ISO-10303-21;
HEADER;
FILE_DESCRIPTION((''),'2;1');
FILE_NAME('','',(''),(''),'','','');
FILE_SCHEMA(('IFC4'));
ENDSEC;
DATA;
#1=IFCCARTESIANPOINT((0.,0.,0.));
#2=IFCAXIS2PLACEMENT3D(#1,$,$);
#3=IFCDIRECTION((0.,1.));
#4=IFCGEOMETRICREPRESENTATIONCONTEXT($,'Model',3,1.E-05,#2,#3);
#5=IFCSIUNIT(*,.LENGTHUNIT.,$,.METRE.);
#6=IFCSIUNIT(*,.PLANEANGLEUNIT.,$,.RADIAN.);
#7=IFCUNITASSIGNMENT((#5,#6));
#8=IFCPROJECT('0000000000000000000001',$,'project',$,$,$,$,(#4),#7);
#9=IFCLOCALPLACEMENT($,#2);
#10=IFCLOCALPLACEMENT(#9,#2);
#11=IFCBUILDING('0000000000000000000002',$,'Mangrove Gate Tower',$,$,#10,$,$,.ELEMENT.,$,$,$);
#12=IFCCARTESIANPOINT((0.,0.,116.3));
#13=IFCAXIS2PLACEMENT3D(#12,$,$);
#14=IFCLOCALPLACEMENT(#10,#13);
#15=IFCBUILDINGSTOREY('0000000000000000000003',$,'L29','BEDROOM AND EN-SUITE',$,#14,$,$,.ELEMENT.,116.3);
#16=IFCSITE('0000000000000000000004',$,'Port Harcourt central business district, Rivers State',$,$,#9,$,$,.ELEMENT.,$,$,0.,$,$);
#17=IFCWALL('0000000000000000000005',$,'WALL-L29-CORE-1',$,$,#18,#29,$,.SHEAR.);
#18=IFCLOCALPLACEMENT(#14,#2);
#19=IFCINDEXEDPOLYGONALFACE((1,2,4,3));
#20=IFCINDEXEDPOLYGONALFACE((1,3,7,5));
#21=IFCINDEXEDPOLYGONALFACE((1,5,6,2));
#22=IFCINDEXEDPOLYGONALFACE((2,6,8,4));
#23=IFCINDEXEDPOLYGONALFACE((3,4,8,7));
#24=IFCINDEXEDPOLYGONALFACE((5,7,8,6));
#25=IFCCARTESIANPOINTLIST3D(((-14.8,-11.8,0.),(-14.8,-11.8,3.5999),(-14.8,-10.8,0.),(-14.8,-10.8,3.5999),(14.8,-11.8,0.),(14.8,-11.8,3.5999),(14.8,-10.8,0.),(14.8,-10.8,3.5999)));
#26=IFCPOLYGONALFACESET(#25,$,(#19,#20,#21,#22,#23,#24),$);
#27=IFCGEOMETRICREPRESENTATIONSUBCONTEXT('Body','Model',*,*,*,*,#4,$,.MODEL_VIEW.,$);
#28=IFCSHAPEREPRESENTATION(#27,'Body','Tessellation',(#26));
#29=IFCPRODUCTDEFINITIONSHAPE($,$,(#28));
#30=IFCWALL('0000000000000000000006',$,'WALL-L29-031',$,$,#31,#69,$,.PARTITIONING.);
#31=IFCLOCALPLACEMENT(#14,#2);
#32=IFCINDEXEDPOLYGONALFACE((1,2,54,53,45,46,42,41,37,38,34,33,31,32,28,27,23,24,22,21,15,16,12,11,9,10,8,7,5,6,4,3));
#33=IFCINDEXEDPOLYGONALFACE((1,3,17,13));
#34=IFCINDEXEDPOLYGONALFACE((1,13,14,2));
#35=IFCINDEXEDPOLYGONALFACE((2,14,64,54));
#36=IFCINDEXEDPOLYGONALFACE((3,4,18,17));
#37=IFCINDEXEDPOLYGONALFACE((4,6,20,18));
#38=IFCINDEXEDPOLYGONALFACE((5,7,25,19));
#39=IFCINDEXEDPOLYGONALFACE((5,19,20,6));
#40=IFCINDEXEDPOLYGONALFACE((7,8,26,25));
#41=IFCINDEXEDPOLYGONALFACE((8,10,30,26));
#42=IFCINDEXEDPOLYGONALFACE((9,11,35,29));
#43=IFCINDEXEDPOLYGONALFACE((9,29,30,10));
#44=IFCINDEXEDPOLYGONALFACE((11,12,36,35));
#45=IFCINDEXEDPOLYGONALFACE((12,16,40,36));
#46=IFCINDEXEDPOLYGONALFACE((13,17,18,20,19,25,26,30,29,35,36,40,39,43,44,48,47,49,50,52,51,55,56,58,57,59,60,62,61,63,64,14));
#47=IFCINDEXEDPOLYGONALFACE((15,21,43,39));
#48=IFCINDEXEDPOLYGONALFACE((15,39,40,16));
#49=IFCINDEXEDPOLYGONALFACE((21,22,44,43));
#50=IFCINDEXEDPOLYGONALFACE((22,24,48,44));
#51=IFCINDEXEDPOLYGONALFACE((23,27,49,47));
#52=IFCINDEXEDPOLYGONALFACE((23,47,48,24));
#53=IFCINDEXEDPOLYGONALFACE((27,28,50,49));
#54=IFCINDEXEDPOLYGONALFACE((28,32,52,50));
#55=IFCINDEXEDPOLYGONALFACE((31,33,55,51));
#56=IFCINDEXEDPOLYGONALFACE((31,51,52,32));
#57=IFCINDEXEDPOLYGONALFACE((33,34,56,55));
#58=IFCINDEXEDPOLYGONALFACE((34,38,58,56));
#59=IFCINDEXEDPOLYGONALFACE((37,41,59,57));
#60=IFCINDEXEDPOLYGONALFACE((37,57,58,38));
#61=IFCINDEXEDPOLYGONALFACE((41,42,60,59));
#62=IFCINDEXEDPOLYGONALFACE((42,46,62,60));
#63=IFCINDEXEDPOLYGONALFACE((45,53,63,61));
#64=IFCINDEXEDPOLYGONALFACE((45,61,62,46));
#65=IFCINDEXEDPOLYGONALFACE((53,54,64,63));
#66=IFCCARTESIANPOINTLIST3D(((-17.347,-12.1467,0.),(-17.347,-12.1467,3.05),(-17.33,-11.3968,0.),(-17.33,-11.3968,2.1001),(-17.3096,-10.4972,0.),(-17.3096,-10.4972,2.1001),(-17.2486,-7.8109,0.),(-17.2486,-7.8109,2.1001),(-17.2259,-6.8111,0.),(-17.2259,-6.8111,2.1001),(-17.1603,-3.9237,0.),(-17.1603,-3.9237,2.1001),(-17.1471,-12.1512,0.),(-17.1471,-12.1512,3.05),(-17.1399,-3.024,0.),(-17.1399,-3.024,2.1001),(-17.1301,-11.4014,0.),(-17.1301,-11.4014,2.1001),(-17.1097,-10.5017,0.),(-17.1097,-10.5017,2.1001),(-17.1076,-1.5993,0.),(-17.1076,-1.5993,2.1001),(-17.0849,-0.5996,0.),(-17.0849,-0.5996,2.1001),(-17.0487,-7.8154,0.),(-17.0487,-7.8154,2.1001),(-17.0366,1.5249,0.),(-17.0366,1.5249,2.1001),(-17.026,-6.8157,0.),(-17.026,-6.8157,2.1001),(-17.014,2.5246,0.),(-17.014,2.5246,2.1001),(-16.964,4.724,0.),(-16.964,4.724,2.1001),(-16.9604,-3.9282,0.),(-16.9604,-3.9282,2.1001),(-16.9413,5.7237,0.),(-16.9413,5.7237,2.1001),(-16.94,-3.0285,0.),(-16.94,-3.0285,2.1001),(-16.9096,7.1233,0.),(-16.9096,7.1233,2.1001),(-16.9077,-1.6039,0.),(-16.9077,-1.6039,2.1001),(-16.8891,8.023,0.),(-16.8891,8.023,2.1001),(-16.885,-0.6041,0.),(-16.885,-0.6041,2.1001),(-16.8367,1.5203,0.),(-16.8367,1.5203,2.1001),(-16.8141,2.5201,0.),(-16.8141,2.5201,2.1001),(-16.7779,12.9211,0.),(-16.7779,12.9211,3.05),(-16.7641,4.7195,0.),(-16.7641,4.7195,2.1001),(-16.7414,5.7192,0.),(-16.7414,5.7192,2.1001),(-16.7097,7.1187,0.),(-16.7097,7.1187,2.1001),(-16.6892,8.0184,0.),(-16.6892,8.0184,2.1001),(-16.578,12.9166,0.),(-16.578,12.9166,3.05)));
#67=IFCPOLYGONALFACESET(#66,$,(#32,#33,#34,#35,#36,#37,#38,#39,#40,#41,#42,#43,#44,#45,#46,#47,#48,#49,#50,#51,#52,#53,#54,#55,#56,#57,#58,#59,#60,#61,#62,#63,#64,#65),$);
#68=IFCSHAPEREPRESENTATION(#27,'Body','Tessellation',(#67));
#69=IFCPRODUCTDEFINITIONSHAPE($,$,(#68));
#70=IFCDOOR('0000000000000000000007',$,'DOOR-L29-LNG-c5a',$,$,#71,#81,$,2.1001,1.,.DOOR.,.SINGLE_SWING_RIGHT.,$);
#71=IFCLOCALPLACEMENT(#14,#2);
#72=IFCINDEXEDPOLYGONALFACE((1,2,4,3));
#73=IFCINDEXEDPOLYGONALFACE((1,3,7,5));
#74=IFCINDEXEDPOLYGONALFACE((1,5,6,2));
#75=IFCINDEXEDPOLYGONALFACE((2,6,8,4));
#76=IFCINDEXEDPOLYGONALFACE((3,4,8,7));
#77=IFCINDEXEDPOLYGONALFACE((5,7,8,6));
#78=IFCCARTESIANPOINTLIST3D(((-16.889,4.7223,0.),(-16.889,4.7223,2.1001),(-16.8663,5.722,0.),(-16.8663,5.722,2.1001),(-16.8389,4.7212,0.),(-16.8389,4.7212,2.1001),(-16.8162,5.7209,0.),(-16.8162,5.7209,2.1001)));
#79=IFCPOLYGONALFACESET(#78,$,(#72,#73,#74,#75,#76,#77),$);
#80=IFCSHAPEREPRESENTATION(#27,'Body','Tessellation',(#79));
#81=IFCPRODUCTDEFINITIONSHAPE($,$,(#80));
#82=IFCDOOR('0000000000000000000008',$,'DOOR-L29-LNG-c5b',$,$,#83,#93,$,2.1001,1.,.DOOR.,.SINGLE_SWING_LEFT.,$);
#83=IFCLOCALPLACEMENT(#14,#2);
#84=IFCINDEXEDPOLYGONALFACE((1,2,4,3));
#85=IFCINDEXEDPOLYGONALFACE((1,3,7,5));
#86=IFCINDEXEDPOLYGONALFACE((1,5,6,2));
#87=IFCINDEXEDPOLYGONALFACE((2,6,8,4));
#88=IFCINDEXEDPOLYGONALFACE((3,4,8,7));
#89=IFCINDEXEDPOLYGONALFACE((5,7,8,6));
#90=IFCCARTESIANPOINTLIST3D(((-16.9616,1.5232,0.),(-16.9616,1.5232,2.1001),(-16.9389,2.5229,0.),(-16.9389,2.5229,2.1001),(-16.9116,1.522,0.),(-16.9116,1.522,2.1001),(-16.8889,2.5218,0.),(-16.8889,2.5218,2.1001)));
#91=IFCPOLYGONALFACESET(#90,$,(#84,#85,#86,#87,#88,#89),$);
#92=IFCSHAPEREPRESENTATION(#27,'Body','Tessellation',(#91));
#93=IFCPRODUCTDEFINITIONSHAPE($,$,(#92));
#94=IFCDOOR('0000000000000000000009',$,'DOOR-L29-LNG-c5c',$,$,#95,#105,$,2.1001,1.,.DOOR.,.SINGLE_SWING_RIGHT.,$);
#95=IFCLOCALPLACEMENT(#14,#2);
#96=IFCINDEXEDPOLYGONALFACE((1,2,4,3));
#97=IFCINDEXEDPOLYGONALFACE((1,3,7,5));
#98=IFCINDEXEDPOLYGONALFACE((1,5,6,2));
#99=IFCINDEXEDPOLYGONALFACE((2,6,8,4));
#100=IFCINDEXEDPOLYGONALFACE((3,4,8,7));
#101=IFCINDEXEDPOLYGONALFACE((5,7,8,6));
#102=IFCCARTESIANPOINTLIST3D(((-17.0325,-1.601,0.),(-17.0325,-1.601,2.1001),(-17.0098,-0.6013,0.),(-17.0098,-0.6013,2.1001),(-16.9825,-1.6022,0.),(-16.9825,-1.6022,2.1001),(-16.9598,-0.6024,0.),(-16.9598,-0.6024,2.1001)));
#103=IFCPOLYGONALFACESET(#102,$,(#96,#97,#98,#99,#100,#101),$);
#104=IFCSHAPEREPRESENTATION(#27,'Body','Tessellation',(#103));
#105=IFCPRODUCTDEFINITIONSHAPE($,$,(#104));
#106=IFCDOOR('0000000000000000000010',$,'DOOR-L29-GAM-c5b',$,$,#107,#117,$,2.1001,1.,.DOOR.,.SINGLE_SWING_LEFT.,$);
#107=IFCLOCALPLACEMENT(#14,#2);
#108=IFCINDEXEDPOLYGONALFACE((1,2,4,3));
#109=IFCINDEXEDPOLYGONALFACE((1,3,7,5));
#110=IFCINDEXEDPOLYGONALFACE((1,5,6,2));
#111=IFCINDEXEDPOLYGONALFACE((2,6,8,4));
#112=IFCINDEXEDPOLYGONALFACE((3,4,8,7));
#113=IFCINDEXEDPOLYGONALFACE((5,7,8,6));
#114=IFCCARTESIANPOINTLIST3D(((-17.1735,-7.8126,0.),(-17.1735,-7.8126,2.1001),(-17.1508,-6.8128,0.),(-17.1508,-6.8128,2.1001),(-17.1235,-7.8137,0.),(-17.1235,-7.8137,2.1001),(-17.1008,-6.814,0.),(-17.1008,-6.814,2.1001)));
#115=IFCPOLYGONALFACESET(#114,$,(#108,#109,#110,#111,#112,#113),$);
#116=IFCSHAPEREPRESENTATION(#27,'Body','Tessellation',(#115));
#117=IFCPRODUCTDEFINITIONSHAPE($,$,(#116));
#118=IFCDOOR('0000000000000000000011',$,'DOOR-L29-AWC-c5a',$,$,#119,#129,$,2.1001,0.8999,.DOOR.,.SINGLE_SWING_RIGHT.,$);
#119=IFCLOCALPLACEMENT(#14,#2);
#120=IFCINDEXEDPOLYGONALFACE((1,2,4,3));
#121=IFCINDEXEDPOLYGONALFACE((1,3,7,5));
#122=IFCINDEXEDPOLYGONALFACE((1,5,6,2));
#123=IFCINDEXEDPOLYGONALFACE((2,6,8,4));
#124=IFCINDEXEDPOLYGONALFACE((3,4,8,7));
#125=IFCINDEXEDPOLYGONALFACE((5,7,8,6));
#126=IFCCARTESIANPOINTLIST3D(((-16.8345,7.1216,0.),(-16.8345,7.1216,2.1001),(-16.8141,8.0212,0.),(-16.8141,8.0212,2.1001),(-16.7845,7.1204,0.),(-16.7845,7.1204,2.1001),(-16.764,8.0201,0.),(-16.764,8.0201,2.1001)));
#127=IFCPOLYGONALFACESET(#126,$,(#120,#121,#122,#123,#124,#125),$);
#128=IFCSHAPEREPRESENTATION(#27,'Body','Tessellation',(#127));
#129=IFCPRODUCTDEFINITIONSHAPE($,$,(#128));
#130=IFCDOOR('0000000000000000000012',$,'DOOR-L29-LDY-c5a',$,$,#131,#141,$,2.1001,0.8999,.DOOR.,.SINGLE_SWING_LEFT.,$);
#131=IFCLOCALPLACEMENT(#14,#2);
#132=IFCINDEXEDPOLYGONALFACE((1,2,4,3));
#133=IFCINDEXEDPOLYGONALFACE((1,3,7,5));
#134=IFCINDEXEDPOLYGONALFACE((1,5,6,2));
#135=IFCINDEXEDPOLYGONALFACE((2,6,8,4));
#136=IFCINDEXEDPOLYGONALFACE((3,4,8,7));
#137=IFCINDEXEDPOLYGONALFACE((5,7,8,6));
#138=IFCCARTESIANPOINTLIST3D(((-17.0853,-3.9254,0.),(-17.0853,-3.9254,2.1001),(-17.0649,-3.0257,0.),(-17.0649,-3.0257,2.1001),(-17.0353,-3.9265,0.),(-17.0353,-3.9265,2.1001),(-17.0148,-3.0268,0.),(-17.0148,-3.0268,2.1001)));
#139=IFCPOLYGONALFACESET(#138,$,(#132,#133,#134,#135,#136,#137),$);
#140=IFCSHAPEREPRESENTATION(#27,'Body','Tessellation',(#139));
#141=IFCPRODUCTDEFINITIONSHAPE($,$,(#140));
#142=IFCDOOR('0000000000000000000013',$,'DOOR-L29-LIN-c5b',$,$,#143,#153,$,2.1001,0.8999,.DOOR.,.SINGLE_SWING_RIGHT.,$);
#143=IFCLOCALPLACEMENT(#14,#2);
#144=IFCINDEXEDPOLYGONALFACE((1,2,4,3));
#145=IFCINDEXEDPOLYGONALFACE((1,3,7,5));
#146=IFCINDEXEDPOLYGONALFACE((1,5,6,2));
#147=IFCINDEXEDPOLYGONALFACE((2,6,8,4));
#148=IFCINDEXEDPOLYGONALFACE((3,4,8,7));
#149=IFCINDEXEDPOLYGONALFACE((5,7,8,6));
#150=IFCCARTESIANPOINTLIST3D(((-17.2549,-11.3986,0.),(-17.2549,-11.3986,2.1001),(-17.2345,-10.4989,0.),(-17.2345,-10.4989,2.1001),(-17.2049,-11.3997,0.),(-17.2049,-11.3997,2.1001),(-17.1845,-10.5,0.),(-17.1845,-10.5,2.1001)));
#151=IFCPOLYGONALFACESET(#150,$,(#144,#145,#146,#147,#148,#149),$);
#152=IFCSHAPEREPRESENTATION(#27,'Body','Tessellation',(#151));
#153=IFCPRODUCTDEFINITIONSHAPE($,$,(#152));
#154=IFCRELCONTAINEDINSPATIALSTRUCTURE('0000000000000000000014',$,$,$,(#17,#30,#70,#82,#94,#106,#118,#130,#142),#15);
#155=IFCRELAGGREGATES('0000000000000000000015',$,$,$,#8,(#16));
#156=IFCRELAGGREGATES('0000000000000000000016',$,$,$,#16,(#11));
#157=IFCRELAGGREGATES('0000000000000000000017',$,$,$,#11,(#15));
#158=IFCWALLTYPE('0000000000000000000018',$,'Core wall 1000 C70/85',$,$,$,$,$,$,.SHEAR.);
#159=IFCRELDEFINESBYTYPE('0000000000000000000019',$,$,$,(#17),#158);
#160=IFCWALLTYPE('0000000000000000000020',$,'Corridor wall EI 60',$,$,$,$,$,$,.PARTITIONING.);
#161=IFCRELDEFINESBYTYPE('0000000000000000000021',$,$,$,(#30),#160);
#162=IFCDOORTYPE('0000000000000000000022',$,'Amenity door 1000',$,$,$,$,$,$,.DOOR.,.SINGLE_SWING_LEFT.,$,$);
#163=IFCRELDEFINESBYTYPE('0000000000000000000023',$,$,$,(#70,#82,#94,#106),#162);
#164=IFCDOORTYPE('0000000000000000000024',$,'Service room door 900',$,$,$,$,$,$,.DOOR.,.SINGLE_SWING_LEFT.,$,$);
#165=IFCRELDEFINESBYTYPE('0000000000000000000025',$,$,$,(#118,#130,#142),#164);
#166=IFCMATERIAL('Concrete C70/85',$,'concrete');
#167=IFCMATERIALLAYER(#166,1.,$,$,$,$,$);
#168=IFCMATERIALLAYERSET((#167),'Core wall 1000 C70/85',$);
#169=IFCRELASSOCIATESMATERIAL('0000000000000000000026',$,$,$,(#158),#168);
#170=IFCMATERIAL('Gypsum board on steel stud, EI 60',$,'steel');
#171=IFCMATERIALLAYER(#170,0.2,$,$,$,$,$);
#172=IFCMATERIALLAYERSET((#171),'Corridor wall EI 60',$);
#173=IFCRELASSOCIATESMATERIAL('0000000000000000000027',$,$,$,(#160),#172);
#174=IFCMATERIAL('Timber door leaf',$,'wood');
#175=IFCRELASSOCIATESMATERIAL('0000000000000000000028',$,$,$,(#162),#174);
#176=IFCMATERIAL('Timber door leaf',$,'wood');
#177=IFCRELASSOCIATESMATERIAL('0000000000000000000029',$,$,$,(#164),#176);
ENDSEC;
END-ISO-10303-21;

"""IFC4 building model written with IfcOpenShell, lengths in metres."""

from ifc_helpers import new_model, si_unit, direction, frame, frame_2d, origin, place, context, subcontext, project, spatial, rectangle, extrude, material, layer, layer_set, type_object, element, fill, save


model = new_model("IFC4")

# Units and contexts
model_context = context("Model", 3, precision=1e-05, world=origin(), true_north=direction((0.0, 1.0)))
body_context = subcontext(model_context, "Body", "Model", "MODEL_VIEW")
ifc_project = project(units=[si_unit("LENGTHUNIT", "METRE"), si_unit("PLANEANGLEUNIT", "RADIAN")], contexts=[model_context])

# Site, building, storey
site_placement = place(None, origin())
site = spatial("IfcSite", under=ifc_project, at=site_placement, Name="Port Harcourt central business district, Rivers State", CompositionType="ELEMENT", RefElevation=0.0)
building_placement = place(site_placement, origin())
building = spatial("IfcBuilding", under=site, at=building_placement, Name="Mangrove Gate Tower", CompositionType="ELEMENT")
storey_placement = place(building_placement, frame((0.0, 0.0, 116.3)))
storey = spatial("IfcBuildingStorey", under=building, at=storey_placement, Name="L29", Description="BEDROOM AND EN-SUITE", CompositionType="ELEMENT", Elevation=116.3)

# Wall
ifc_material_1 = material(Name="Concrete C70/85", Category="concrete")
ifc_layer_1 = layer(ifc_material_1, 1.0)
ifc_layer_set_1 = layer_set([ifc_layer_1], Name="Core wall 1000 C70/85")
wall_type_1 = type_object("IfcWallType", Name="Core wall 1000 C70/85", PredefinedType="SHEAR", material=ifc_layer_set_1)
wall_1_placement = place(storey_placement, frame((-14.8, -11.3, 0.0), z_axis=(0.0, 0.0, 1.0), x_axis=(1.0, 0.0, 0.0)))
element("IfcWall", 1, at=wall_1_placement, inside=storey, type_object=wall_type_1, Name="WALL-L29-CORE-1", PredefinedType="SHEAR", context=body_context, shape_type="SweptSolid", body=[
    extrude(rectangle(XDim=29.6001, YDim=1.0, at=frame_2d((14.8, 0.0))), origin(), (0.0, 0.0, 1.0), 3.5999),
])

# Wall, openings, doors
ifc_material_2 = material(Name="Gypsum board on steel stud, EI 60", Category="steel")
ifc_layer_2 = layer(ifc_material_2, 0.2)
ifc_layer_set_2 = layer_set([ifc_layer_2], Name="Corridor wall EI 60")
wall_type_2 = type_object("IfcWallType", Name="Corridor wall EI 60", PredefinedType="PARTITIONING", material=ifc_layer_set_2)
wall_2_placement = place(storey_placement, frame((-17.2471, -12.1489, 0.0), z_axis=(0.0, 0.0, 1.0), x_axis=(0.022696, 0.999742, 0.0)))
wall_2 = element("IfcWall", 2, at=wall_2_placement, inside=storey, type_object=wall_type_2, Name="WALL-L29-031", PredefinedType="PARTITIONING", context=body_context, shape_type="SweptSolid", body=[
    extrude(rectangle(XDim=25.0742, YDim=0.2, at=frame_2d((12.5371, 0.0))), origin(), (0.0, 0.0, 1.0), 3.05),
])
opening_1_placement = place(wall_2_placement, frame((16.875, 0.0, 0.0)))
opening_1 = element("IfcOpeningElement", 3, at=opening_1_placement, cuts=wall_2, PredefinedType="OPENING", context=body_context, shape_type="SweptSolid", body=[
    extrude(rectangle(XDim=1.0, YDim=2.1001, at=frame_2d((0.5, 1.05))), frame((0.0, 0.1099, 0.0), z_axis=(0.0, -1.0, 0.0), x_axis=(1.0, 0.0, 0.0)), (0.0, 0.0, 1.0), 0.22),
])
opening_2_placement = place(wall_2_placement, frame((19.2749, 0.0, 0.0)))
opening_2 = element("IfcOpeningElement", 4, at=opening_2_placement, cuts=wall_2, PredefinedType="OPENING", context=body_context, shape_type="SweptSolid", body=[
    extrude(rectangle(XDim=0.8999, YDim=2.1001, at=frame_2d((0.45, 1.05))), frame((0.0, 0.1099, 0.0), z_axis=(0.0, -1.0, 0.0), x_axis=(1.0, 0.0, 0.0)), (0.0, 0.0, 1.0), 0.22),
])
opening_3_placement = place(wall_2_placement, frame((13.675, 0.0, 0.0)))
opening_3 = element("IfcOpeningElement", 5, at=opening_3_placement, cuts=wall_2, PredefinedType="OPENING", context=body_context, shape_type="SweptSolid", body=[
    extrude(rectangle(XDim=1.0, YDim=2.1001, at=frame_2d((0.5, 1.05))), frame((0.0, 0.1099, 0.0), z_axis=(0.0, -1.0, 0.0), x_axis=(1.0, 0.0, 0.0)), (0.0, 0.0, 1.0), 0.22),
])
opening_4_placement = place(wall_2_placement, frame((10.55, 0.0, 0.0)))
opening_4 = element("IfcOpeningElement", 6, at=opening_4_placement, cuts=wall_2, PredefinedType="OPENING", context=body_context, shape_type="SweptSolid", body=[
    extrude(rectangle(XDim=1.0, YDim=2.1001, at=frame_2d((0.5, 1.05))), frame((0.0, 0.1099, 0.0), z_axis=(0.0, -1.0, 0.0), x_axis=(1.0, 0.0, 0.0)), (0.0, 0.0, 1.0), 0.22),
])
opening_5_placement = place(wall_2_placement, frame((8.2251, 0.0, 0.0)))
opening_5 = element("IfcOpeningElement", 7, at=opening_5_placement, cuts=wall_2, PredefinedType="OPENING", context=body_context, shape_type="SweptSolid", body=[
    extrude(rectangle(XDim=0.8999, YDim=2.1001, at=frame_2d((0.45, 1.05))), frame((0.0, 0.1099, 0.0), z_axis=(0.0, -1.0, 0.0), x_axis=(1.0, 0.0, 0.0)), (0.0, 0.0, 1.0), 0.22),
])
opening_6_placement = place(wall_2_placement, frame((4.3369, 0.0, 0.0)))
opening_6 = element("IfcOpeningElement", 8, at=opening_6_placement, cuts=wall_2, PredefinedType="OPENING", context=body_context, shape_type="SweptSolid", body=[
    extrude(rectangle(XDim=1.0, YDim=2.1001, at=frame_2d((0.5, 1.05))), frame((0.0, 0.1099, 0.0), z_axis=(0.0, -1.0, 0.0), x_axis=(1.0, 0.0, 0.0)), (0.0, 0.0, 1.0), 0.22),
])
opening_7_placement = place(wall_2_placement, frame((0.75, 0.0, 0.0)))
opening_7 = element("IfcOpeningElement", 9, at=opening_7_placement, cuts=wall_2, PredefinedType="OPENING", context=body_context, shape_type="SweptSolid", body=[
    extrude(rectangle(XDim=0.8999, YDim=2.1001, at=frame_2d((0.45, 1.05))), frame((0.0, 0.1099, 0.0), z_axis=(0.0, -1.0, 0.0), x_axis=(1.0, 0.0, 0.0)), (0.0, 0.0, 1.0), 0.22),
])
ifc_material_3 = material(Name="Timber door leaf", Category="wood")
door_type_1 = type_object("IfcDoorType", Name="Amenity door 1000", OperationType="SINGLE_SWING_LEFT", PredefinedType="DOOR", material=ifc_material_3)
door_1_placement = place(opening_1_placement, origin())
door_1 = element("IfcDoor", 10, at=door_1_placement, inside=storey, type_object=door_type_1, Name="DOOR-L29-LNG-c5a", OperationType="SINGLE_SWING_RIGHT", OverallHeight=2.1001, OverallWidth=1.0, PredefinedType="DOOR", context=body_context, shape_type="SweptSolid", body=[
    extrude(rectangle(XDim=1.0, YDim=2.1001, at=frame_2d((0.5, 1.05))), frame((0.0, 0.0249, 0.0), z_axis=(0.0, -1.0, 0.0), x_axis=(1.0, 0.0, 0.0)), (0.0, 0.0, 1.0), 0.05),
])
fill(opening_1, door_1)
door_2_placement = place(opening_3_placement, origin())
door_2 = element("IfcDoor", 11, at=door_2_placement, inside=storey, type_object=door_type_1, Name="DOOR-L29-LNG-c5b", OperationType="SINGLE_SWING_LEFT", OverallHeight=2.1001, OverallWidth=1.0, PredefinedType="DOOR", context=body_context, shape_type="SweptSolid", body=[
    extrude(rectangle(XDim=1.0, YDim=2.1001, at=frame_2d((0.5, 1.05))), frame((0.0, 0.0249, 0.0), z_axis=(0.0, -1.0, 0.0), x_axis=(1.0, 0.0, 0.0)), (0.0, 0.0, 1.0), 0.05),
])
fill(opening_3, door_2)
door_3_placement = place(opening_4_placement, origin())
door_3 = element("IfcDoor", 12, at=door_3_placement, inside=storey, type_object=door_type_1, Name="DOOR-L29-LNG-c5c", OperationType="SINGLE_SWING_RIGHT", OverallHeight=2.1001, OverallWidth=1.0, PredefinedType="DOOR", context=body_context, shape_type="SweptSolid", body=[
    extrude(rectangle(XDim=1.0, YDim=2.1001, at=frame_2d((0.5, 1.05))), frame((0.0, 0.0249, 0.0), z_axis=(0.0, -1.0, 0.0), x_axis=(1.0, 0.0, 0.0)), (0.0, 0.0, 1.0), 0.05),
])
fill(opening_4, door_3)
door_4_placement = place(opening_6_placement, origin())
door_4 = element("IfcDoor", 13, at=door_4_placement, inside=storey, type_object=door_type_1, Name="DOOR-L29-GAM-c5b", OperationType="SINGLE_SWING_LEFT", OverallHeight=2.1001, OverallWidth=1.0, PredefinedType="DOOR", context=body_context, shape_type="SweptSolid", body=[
    extrude(rectangle(XDim=1.0, YDim=2.1001, at=frame_2d((0.5, 1.05))), frame((0.0, 0.0249, 0.0), z_axis=(0.0, -1.0, 0.0), x_axis=(1.0, 0.0, 0.0)), (0.0, 0.0, 1.0), 0.05),
])
fill(opening_6, door_4)
ifc_material_4 = material(Name="Timber door leaf", Category="wood")
door_type_2 = type_object("IfcDoorType", Name="Service room door 900", OperationType="SINGLE_SWING_LEFT", PredefinedType="DOOR", material=ifc_material_4)
door_5_placement = place(opening_2_placement, origin())
door_5 = element("IfcDoor", 14, at=door_5_placement, inside=storey, type_object=door_type_2, Name="DOOR-L29-AWC-c5a", OperationType="SINGLE_SWING_RIGHT", OverallHeight=2.1001, OverallWidth=0.8999, PredefinedType="DOOR", context=body_context, shape_type="SweptSolid", body=[
    extrude(rectangle(XDim=0.8999, YDim=2.1001, at=frame_2d((0.45, 1.05))), frame((0.0, 0.0249, 0.0), z_axis=(0.0, -1.0, 0.0), x_axis=(1.0, 0.0, 0.0)), (0.0, 0.0, 1.0), 0.05),
])
fill(opening_2, door_5)
door_6_placement = place(opening_5_placement, origin())
door_6 = element("IfcDoor", 15, at=door_6_placement, inside=storey, type_object=door_type_2, Name="DOOR-L29-LDY-c5a", OperationType="SINGLE_SWING_LEFT", OverallHeight=2.1001, OverallWidth=0.8999, PredefinedType="DOOR", context=body_context, shape_type="SweptSolid", body=[
    extrude(rectangle(XDim=0.8999, YDim=2.1001, at=frame_2d((0.45, 1.05))), frame((0.0, 0.0249, 0.0), z_axis=(0.0, -1.0, 0.0), x_axis=(1.0, 0.0, 0.0)), (0.0, 0.0, 1.0), 0.05),
])
fill(opening_5, door_6)
door_7_placement = place(opening_7_placement, origin())
door_7 = element("IfcDoor", 16, at=door_7_placement, inside=storey, type_object=door_type_2, Name="DOOR-L29-LIN-c5b", OperationType="SINGLE_SWING_RIGHT", OverallHeight=2.1001, OverallWidth=0.8999, PredefinedType="DOOR", context=body_context, shape_type="SweptSolid", body=[
    extrude(rectangle(XDim=0.8999, YDim=2.1001, at=frame_2d((0.45, 1.05))), frame((0.0, 0.0249, 0.0), z_axis=(0.0, -1.0, 0.0), x_axis=(1.0, 0.0, 0.0)), (0.0, 0.0, 1.0), 0.05),
])
fill(opening_7, door_7)

save(model, "model.ifc")
